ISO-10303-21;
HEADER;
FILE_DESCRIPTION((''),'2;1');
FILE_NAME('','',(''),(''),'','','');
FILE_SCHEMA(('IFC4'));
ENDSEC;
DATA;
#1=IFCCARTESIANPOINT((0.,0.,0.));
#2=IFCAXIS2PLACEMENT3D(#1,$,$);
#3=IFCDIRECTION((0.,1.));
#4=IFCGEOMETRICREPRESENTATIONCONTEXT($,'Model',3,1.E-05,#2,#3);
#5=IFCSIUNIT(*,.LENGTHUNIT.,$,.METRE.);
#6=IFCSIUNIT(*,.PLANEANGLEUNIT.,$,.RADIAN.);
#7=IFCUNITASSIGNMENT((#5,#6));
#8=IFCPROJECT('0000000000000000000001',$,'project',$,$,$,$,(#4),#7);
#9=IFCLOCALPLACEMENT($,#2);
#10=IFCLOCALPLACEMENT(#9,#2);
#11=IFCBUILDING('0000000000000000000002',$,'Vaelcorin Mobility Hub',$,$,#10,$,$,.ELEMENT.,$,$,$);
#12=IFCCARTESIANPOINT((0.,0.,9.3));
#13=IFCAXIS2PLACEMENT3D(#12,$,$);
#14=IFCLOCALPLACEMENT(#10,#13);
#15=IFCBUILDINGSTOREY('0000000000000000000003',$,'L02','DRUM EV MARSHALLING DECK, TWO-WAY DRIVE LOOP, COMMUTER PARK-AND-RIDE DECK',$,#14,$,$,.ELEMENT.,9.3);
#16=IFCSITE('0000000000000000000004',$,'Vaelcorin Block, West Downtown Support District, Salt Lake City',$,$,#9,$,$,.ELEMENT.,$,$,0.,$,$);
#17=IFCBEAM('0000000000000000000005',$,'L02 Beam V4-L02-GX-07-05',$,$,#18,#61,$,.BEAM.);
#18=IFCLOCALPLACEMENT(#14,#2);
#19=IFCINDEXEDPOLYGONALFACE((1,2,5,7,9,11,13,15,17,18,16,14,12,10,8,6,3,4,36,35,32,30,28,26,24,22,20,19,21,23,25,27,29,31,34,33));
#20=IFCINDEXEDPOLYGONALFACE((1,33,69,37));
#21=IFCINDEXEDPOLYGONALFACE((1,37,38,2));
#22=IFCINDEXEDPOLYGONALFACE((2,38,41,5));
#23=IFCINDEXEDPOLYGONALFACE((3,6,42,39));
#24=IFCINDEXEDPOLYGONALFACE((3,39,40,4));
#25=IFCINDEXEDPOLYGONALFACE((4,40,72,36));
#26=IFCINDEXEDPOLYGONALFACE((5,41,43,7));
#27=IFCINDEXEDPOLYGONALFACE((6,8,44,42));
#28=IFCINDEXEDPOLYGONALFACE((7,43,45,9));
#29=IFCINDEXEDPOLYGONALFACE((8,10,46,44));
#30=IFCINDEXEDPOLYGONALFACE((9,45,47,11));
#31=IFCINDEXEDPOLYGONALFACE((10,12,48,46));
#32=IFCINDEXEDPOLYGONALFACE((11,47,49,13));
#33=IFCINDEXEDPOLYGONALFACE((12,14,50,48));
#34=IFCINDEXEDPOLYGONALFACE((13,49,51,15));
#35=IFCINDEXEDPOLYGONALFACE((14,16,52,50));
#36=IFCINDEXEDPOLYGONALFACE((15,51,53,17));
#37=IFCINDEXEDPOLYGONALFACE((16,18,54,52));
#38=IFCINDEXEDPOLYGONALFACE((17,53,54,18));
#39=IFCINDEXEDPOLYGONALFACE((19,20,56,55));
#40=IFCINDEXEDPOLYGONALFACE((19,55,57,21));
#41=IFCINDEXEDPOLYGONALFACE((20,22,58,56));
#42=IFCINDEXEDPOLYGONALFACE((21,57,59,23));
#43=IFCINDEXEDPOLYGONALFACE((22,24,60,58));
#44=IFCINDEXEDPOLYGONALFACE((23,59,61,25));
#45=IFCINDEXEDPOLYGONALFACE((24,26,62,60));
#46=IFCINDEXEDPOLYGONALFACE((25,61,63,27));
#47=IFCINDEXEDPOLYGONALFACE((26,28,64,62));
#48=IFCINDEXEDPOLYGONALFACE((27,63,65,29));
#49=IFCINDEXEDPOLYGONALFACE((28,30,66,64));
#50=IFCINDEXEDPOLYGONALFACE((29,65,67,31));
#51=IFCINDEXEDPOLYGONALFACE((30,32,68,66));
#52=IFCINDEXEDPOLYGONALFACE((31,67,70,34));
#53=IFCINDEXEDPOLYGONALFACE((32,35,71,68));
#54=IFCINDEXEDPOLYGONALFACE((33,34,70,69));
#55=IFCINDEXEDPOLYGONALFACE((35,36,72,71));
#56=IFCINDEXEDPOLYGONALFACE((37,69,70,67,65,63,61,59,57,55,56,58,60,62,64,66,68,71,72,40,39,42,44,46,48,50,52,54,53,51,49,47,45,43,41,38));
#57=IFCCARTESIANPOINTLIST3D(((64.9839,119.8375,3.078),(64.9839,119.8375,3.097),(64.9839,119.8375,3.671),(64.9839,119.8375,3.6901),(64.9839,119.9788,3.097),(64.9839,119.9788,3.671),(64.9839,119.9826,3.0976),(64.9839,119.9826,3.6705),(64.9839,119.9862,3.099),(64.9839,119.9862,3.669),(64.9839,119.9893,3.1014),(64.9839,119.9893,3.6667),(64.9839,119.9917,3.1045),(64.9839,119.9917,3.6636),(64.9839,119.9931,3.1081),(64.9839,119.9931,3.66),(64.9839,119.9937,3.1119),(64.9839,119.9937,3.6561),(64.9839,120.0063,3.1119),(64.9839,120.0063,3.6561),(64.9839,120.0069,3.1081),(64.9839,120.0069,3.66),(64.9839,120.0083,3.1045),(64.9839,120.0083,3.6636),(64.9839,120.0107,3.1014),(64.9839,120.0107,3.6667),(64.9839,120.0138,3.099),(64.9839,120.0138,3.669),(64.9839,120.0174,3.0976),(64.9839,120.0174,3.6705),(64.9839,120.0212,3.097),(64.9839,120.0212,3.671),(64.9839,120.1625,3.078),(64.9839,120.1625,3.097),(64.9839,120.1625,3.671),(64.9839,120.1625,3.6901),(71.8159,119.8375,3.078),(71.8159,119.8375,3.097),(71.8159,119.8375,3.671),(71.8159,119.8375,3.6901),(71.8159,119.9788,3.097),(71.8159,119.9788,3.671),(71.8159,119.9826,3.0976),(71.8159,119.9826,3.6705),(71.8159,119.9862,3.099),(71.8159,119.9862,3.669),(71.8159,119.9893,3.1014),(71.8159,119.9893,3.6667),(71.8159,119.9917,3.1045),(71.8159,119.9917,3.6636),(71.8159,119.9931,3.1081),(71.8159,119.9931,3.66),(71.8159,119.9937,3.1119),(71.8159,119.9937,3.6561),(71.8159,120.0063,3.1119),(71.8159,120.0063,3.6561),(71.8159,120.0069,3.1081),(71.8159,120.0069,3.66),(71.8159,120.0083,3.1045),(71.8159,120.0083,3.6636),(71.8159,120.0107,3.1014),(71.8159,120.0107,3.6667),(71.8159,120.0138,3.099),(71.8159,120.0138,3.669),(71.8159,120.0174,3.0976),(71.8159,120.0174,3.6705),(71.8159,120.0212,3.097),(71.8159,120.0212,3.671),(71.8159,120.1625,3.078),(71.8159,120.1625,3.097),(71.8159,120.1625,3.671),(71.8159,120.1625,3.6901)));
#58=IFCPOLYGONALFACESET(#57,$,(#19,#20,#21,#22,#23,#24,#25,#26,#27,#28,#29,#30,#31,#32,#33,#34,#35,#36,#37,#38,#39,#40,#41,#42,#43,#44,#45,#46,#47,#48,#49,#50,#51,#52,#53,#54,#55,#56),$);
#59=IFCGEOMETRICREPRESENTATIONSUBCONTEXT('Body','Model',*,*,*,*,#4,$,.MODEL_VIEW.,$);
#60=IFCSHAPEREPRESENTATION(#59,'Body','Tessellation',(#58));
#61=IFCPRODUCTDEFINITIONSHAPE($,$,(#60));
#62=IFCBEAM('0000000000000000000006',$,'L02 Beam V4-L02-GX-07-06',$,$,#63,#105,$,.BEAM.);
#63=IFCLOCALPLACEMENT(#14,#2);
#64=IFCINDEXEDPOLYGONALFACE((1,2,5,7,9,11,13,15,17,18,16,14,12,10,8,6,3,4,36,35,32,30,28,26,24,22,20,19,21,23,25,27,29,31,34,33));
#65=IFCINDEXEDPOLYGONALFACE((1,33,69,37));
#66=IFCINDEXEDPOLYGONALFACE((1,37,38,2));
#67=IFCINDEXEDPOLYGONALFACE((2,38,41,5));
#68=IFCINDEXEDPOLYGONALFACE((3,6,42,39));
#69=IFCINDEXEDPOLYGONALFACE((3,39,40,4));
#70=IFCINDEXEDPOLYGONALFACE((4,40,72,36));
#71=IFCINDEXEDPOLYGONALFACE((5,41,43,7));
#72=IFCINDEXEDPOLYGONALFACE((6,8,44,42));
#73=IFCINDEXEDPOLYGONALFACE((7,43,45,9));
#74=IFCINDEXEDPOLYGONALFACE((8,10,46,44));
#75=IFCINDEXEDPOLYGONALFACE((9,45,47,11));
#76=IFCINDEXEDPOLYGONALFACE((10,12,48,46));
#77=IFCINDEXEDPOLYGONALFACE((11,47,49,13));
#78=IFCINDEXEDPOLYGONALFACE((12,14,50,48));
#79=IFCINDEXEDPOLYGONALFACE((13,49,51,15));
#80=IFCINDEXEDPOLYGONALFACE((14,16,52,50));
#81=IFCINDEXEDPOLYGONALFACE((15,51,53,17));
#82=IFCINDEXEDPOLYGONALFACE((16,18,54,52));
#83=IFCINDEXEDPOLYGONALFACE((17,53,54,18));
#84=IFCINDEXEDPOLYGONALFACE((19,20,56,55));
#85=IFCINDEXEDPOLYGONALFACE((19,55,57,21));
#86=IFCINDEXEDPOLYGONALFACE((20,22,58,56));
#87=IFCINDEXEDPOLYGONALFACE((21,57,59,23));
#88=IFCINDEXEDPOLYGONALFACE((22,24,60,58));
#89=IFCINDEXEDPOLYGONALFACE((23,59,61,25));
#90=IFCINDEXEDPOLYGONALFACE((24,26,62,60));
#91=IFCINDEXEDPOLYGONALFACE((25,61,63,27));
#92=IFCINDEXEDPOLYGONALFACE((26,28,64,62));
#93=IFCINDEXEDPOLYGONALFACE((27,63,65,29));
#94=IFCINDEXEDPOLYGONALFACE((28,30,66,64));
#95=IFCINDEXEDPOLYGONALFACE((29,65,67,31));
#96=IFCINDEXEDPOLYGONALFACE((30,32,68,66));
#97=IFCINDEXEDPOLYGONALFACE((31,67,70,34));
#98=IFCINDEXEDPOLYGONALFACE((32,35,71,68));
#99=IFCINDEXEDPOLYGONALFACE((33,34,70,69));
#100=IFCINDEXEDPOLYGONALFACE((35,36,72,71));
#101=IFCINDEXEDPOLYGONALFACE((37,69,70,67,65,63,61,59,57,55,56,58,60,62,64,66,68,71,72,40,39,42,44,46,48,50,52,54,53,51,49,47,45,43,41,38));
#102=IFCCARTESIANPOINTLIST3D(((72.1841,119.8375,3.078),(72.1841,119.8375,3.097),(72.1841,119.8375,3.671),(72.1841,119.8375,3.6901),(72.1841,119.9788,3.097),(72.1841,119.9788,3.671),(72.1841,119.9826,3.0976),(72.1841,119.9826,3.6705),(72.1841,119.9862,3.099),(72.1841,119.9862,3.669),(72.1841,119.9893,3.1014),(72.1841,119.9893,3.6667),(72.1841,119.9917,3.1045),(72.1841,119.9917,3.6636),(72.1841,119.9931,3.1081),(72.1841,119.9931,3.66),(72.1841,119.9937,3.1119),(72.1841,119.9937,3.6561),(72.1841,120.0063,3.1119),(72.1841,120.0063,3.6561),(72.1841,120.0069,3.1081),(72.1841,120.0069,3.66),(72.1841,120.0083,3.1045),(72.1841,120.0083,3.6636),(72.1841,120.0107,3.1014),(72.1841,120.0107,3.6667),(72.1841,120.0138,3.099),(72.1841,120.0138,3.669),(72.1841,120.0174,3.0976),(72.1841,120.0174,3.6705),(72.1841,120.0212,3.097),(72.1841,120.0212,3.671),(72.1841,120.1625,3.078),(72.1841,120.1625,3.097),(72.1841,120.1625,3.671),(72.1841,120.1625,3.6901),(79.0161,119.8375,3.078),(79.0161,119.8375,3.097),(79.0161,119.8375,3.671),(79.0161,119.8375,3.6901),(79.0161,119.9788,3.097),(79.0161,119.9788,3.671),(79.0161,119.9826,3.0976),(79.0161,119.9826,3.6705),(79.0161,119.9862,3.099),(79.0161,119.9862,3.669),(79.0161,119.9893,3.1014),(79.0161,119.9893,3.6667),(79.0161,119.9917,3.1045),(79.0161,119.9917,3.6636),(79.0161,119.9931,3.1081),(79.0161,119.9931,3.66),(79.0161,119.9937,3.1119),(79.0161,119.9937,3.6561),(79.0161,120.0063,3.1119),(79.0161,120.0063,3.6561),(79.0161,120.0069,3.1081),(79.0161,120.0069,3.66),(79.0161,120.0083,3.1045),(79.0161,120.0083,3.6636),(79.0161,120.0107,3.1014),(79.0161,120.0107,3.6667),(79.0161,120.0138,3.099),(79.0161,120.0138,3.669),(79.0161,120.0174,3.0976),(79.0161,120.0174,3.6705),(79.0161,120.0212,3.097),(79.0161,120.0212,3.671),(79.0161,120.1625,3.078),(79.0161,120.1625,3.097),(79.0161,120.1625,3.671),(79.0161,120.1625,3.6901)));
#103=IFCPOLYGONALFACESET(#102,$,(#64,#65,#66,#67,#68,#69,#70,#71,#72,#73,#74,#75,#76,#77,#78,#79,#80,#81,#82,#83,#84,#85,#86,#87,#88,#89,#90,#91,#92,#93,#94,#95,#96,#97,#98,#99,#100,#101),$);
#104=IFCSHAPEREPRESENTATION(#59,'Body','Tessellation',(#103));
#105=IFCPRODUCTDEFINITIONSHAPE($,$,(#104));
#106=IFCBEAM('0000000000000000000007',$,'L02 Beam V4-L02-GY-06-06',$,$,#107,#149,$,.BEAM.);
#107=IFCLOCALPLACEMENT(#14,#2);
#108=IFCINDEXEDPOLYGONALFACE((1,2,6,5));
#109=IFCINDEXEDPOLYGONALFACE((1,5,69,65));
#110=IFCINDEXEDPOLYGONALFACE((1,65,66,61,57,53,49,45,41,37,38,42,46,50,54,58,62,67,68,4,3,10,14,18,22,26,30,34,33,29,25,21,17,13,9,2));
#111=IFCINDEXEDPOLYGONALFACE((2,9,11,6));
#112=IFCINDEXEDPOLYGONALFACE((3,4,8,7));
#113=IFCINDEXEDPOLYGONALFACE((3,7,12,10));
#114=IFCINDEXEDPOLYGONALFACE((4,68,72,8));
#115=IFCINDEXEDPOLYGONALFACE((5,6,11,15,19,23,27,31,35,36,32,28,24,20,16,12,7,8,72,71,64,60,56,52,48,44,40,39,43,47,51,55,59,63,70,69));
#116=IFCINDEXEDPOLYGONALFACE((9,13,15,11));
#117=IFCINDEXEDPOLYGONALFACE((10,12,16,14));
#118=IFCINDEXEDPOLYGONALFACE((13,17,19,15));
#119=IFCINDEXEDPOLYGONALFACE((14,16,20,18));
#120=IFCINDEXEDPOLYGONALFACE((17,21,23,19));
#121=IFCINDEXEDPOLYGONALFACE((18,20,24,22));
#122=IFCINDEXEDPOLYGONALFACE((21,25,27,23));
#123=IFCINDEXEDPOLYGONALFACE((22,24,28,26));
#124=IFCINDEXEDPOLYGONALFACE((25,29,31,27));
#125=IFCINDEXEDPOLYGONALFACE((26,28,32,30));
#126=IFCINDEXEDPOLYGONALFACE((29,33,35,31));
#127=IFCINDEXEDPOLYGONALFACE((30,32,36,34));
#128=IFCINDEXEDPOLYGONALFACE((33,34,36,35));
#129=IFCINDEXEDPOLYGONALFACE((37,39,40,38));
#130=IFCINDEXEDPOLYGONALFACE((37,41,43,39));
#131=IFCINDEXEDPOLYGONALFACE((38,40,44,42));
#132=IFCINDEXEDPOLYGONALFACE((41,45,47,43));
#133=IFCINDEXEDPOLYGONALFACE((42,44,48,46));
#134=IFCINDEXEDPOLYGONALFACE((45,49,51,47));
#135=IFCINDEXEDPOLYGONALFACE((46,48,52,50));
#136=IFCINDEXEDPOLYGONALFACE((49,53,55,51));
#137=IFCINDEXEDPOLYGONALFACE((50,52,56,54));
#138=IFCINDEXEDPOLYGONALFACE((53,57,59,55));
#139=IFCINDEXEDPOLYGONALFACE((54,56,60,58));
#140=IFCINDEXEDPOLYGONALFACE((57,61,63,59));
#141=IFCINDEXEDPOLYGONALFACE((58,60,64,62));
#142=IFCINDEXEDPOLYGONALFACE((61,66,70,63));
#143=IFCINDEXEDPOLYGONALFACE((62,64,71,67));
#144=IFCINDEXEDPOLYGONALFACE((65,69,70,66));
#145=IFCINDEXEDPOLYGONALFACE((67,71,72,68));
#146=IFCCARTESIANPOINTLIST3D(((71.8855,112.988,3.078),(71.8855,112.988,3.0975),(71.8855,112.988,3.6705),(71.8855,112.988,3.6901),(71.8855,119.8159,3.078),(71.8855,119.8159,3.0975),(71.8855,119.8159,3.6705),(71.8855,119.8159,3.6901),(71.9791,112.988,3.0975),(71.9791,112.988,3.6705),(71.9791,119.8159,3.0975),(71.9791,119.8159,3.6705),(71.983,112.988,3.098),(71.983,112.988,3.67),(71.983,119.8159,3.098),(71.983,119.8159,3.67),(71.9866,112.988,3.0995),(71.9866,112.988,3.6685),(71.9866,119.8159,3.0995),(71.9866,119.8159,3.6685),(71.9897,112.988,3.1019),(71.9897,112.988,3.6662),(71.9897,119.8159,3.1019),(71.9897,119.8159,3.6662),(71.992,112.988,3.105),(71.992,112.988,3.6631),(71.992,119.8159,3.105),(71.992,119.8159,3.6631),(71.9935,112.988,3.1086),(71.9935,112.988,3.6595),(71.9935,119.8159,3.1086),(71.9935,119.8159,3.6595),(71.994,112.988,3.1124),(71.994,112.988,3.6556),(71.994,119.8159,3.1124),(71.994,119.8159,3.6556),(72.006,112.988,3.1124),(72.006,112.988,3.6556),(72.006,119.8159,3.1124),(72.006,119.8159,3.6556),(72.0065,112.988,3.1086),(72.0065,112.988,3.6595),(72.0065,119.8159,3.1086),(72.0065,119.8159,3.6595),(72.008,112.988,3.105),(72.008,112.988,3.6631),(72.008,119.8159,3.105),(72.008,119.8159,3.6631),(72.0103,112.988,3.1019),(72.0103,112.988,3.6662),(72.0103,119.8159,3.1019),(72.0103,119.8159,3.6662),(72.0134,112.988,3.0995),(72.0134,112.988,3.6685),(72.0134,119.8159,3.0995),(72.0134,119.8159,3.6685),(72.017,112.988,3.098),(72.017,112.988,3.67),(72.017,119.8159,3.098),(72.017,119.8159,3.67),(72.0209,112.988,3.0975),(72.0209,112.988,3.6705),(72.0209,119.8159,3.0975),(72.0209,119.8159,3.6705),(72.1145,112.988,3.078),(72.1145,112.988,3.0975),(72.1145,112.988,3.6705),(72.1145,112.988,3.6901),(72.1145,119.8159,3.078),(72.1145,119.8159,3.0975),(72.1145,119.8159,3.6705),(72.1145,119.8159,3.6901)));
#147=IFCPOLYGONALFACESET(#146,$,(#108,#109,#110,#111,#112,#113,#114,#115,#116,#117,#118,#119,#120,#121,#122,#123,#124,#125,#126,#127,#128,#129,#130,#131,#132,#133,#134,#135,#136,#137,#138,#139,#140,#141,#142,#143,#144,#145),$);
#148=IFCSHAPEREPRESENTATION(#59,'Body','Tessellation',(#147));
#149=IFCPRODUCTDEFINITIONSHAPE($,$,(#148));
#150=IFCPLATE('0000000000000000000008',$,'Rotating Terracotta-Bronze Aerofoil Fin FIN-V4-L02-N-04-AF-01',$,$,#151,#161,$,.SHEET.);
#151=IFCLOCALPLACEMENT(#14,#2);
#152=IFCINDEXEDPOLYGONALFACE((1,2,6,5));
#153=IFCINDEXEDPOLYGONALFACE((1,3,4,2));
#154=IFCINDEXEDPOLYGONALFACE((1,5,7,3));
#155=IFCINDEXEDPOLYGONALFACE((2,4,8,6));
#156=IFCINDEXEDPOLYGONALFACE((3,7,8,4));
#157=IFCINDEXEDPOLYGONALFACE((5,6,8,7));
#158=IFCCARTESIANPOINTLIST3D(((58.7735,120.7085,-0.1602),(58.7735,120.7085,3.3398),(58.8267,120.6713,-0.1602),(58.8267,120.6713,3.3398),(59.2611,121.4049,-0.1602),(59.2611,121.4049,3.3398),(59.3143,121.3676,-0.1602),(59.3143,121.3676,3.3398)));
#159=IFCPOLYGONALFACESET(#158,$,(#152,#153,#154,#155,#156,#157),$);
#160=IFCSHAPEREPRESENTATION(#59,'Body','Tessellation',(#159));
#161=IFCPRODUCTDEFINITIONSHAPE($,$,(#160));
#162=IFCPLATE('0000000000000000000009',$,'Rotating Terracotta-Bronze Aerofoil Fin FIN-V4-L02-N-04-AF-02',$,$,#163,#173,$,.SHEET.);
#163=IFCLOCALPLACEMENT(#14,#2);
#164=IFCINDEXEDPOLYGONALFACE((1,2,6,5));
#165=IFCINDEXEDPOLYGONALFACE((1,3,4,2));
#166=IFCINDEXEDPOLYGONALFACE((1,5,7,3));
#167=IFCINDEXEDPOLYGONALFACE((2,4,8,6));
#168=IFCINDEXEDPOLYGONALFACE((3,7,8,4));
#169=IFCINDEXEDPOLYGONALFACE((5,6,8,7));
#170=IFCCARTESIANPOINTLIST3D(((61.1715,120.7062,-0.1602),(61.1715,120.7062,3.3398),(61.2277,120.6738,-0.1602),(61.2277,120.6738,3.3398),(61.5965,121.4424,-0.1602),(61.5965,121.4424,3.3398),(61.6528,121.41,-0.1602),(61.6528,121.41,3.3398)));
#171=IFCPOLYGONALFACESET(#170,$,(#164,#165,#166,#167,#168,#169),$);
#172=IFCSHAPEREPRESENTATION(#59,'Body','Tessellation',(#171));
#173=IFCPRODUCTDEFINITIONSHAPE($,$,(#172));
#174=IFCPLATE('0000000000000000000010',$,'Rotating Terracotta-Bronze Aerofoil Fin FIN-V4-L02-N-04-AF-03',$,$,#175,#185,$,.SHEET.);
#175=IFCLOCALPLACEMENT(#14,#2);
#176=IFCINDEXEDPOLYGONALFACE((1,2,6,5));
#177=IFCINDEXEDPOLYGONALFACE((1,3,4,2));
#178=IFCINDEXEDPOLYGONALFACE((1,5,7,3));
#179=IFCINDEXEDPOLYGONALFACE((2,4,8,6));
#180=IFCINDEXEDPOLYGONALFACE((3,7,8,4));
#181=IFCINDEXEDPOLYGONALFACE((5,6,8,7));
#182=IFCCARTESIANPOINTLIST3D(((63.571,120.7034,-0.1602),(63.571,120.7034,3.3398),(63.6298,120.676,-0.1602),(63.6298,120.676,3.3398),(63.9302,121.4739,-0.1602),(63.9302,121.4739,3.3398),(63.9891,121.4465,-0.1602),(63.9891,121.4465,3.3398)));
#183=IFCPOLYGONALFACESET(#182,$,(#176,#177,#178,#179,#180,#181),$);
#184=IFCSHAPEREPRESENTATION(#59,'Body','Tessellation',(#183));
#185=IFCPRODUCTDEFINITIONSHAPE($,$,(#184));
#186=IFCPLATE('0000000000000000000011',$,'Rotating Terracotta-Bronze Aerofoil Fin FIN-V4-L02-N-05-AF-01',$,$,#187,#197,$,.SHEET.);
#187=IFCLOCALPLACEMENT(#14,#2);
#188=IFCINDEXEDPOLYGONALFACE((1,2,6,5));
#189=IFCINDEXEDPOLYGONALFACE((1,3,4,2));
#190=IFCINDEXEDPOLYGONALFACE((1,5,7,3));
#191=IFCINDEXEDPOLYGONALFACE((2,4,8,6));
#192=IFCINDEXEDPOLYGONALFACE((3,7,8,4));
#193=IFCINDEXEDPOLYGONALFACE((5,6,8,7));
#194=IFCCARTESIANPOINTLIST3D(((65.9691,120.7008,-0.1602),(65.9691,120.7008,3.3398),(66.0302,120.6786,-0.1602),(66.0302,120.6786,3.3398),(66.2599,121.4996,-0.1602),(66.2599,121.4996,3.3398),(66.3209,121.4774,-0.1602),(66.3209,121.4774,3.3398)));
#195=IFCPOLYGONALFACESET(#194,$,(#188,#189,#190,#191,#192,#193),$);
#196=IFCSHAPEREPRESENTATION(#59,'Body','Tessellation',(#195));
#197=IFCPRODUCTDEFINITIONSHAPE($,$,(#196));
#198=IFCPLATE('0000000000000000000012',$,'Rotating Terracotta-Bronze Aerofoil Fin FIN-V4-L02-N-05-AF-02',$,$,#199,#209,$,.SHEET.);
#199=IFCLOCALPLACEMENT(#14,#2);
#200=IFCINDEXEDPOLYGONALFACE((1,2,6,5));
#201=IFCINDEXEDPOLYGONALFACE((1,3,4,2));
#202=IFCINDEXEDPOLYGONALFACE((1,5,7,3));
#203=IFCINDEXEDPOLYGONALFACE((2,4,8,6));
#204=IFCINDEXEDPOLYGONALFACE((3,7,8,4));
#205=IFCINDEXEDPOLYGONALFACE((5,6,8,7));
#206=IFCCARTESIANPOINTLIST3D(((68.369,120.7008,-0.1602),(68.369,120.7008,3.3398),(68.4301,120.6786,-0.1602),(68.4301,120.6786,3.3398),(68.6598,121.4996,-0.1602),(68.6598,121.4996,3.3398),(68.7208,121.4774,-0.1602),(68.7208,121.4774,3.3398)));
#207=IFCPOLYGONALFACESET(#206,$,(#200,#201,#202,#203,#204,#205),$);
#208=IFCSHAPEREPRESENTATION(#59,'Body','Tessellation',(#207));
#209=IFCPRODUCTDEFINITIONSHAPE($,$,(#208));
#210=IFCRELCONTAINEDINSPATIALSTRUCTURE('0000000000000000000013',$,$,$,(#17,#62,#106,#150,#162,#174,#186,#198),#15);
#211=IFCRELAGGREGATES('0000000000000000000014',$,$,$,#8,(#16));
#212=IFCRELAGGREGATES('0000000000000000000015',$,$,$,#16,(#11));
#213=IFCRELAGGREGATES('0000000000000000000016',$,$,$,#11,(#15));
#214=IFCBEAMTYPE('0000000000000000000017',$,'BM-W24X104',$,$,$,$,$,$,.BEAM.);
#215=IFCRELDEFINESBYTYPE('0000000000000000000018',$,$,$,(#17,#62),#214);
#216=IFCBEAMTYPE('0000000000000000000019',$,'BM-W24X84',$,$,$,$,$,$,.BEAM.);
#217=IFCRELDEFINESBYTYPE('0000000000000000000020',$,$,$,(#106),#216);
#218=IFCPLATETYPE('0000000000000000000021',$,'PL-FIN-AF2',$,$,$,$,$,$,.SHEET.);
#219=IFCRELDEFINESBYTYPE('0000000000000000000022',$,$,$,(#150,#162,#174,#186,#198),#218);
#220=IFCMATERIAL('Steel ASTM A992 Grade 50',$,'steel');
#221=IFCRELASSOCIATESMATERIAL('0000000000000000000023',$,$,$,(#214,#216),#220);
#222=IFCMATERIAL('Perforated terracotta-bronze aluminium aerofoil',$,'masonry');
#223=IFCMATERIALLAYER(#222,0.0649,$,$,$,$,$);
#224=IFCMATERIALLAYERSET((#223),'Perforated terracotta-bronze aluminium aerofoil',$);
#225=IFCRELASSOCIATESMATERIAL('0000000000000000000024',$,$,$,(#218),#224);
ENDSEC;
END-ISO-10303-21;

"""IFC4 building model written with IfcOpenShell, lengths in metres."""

from ifc_helpers import new_model, si_unit, direction, frame, origin, origin_2d, place, context, subcontext, project, spatial, rectangle, i_section, extrude, material, layer, layer_set, material_profile, profile_set, type_object, element, save


model = new_model("IFC4")

# Units and contexts
model_context = context("Model", 3, precision=1e-05, world=origin(), true_north=direction((0.0, 1.0)))
body_context = subcontext(model_context, "Body", "Model", "MODEL_VIEW")
ifc_project = project(units=[si_unit("LENGTHUNIT", "METRE"), si_unit("PLANEANGLEUNIT", "RADIAN")], contexts=[model_context])

# Site, building, storey
site_placement = place(None, origin())
site = spatial("IfcSite", under=ifc_project, at=site_placement, Name="Vaelcorin Block, West Downtown Support District, Salt Lake City", CompositionType="ELEMENT", RefElevation=0.0)
building_placement = place(site_placement, origin())
building = spatial("IfcBuilding", under=site, at=building_placement, Name="Vaelcorin Mobility Hub", CompositionType="ELEMENT")
storey_placement = place(building_placement, frame((0.0, 0.0, 9.3)))
storey = spatial("IfcBuildingStorey", under=building, at=storey_placement, Name="L02", Description="DRUM EV MARSHALLING DECK, TWO-WAY DRIVE LOOP, COMMUTER PARK-AND-RIDE DECK", CompositionType="ELEMENT", Elevation=9.3)

# Shared definitions
ifc_material_1 = material(Name="Steel ASTM A992 Grade 50", Category="steel")

# Beams
ifc_material_profile_1 = material_profile(ifc_material_1, i_section(OverallWidth=0.325, OverallDepth=0.6121, WebThickness=0.0127, FlangeThickness=0.019, FilletRadius=0.0149, at=origin_2d()), Name="W24X104")
ifc_profile_set_1 = profile_set([ifc_material_profile_1], Name="Steel ASTM A992 Grade 50")
beam_type_1 = type_object("IfcBeamType", Name="BM-W24X104", PredefinedType="BEAM", material=ifc_profile_set_1)
for number, where, z_axis, x_axis, name in (
    (1, (64.9839, 120.0, 3.384), (1.0, 0.0, 0.0), (0.0, 1.0, 0.0), "L02 Beam V4-L02-GX-07-05"),
    (2, (72.1841, 120.0, 3.384), (1.0, 0.0, 0.0), (0.0, 1.0, 0.0), "L02 Beam V4-L02-GX-07-06"),
):
    element("IfcBeam", number, at=place(storey_placement, frame(where, z_axis=z_axis, x_axis=x_axis)), inside=storey, type_object=beam_type_1, Name=name, PredefinedType="BEAM", context=body_context, shape_type="SweptSolid", body=[
        extrude(i_section(OverallWidth=0.325, OverallDepth=0.6121, WebThickness=0.0127, FlangeThickness=0.019, FilletRadius=0.0149, at=origin_2d()), origin(), (0.0, 0.0, 1.0), 6.832),
    ])
ifc_material_profile_2 = material_profile(ifc_material_1, i_section(OverallWidth=0.229, OverallDepth=0.6121, WebThickness=0.012, FlangeThickness=0.0195, FilletRadius=0.0149, at=origin_2d()), Name="W24X84")
ifc_profile_set_2 = profile_set([ifc_material_profile_2], Name="Steel ASTM A992 Grade 50")
beam_type_2 = type_object("IfcBeamType", Name="BM-W24X84", PredefinedType="BEAM", material=ifc_profile_set_2)
beam_placement = place(storey_placement, frame((72.0, 112.988, 3.384), z_axis=(0.0, 1.0, 0.0), x_axis=(-1.0, 0.0, 0.0)))
element("IfcBeam", 3, at=beam_placement, inside=storey, type_object=beam_type_2, Name="L02 Beam V4-L02-GY-06-06", PredefinedType="BEAM", context=body_context, shape_type="SweptSolid", body=[
    extrude(i_section(OverallWidth=0.229, OverallDepth=0.6121, WebThickness=0.012, FlangeThickness=0.0195, FilletRadius=0.0149, at=origin_2d()), origin(), (0.0, 0.0, 1.0), 6.8279),
])

# Plates
ifc_material_2 = material(Name="Perforated terracotta-bronze aluminium aerofoil", Category="masonry")
ifc_layer_1 = layer(ifc_material_2, 0.0649)
ifc_layer_set_1 = layer_set([ifc_layer_1], Name="Perforated terracotta-bronze aluminium aerofoil")
plate_type = type_object("IfcPlateType", Name="PL-FIN-AF2", PredefinedType="SHEET", material=ifc_layer_set_1)
for number, where, z_axis, x_axis, name in (
    (4, (59.0439, 121.0381, -0.1602), (0.0, 0.0, 1.0), (0.573576, 0.819152, 0.0), "Rotating Terracotta-Bronze Aerofoil Fin FIN-V4-L02-N-04-AF-01"),
    (5, (61.4121, 121.0581, -0.1602), (0.0, 0.0, 1.0), (0.5, 0.866025, 0.0), "Rotating Terracotta-Bronze Aerofoil Fin FIN-V4-L02-N-04-AF-02"),
    (6, (63.78, 121.075, -0.1602), (0.0, 0.0, 1.0), (0.422618, 0.906308, 0.0), "Rotating Terracotta-Bronze Aerofoil Fin FIN-V4-L02-N-04-AF-03"),
    (7, (66.145, 121.0891, -0.1602), (0.0, 0.0, 1.0), (0.34202, 0.939693, 0.0), "Rotating Terracotta-Bronze Aerofoil Fin FIN-V4-L02-N-05-AF-01"),
    (8, (68.5449, 121.0891, -0.1602), (0.0, 0.0, 1.0), (0.34202, 0.939693, 0.0), "Rotating Terracotta-Bronze Aerofoil Fin FIN-V4-L02-N-05-AF-02"),
):
    element("IfcPlate", number, at=place(storey_placement, frame(where, z_axis=z_axis, x_axis=x_axis)), inside=storey, type_object=plate_type, Name=name, PredefinedType="SHEET", context=body_context, shape_type="SweptSolid", body=[
        extrude(rectangle(XDim=0.8501, YDim=0.0649, at=origin_2d()), origin(), (0.0, 0.0, 1.0), 3.5),
    ])

save(model, "model.ifc")
